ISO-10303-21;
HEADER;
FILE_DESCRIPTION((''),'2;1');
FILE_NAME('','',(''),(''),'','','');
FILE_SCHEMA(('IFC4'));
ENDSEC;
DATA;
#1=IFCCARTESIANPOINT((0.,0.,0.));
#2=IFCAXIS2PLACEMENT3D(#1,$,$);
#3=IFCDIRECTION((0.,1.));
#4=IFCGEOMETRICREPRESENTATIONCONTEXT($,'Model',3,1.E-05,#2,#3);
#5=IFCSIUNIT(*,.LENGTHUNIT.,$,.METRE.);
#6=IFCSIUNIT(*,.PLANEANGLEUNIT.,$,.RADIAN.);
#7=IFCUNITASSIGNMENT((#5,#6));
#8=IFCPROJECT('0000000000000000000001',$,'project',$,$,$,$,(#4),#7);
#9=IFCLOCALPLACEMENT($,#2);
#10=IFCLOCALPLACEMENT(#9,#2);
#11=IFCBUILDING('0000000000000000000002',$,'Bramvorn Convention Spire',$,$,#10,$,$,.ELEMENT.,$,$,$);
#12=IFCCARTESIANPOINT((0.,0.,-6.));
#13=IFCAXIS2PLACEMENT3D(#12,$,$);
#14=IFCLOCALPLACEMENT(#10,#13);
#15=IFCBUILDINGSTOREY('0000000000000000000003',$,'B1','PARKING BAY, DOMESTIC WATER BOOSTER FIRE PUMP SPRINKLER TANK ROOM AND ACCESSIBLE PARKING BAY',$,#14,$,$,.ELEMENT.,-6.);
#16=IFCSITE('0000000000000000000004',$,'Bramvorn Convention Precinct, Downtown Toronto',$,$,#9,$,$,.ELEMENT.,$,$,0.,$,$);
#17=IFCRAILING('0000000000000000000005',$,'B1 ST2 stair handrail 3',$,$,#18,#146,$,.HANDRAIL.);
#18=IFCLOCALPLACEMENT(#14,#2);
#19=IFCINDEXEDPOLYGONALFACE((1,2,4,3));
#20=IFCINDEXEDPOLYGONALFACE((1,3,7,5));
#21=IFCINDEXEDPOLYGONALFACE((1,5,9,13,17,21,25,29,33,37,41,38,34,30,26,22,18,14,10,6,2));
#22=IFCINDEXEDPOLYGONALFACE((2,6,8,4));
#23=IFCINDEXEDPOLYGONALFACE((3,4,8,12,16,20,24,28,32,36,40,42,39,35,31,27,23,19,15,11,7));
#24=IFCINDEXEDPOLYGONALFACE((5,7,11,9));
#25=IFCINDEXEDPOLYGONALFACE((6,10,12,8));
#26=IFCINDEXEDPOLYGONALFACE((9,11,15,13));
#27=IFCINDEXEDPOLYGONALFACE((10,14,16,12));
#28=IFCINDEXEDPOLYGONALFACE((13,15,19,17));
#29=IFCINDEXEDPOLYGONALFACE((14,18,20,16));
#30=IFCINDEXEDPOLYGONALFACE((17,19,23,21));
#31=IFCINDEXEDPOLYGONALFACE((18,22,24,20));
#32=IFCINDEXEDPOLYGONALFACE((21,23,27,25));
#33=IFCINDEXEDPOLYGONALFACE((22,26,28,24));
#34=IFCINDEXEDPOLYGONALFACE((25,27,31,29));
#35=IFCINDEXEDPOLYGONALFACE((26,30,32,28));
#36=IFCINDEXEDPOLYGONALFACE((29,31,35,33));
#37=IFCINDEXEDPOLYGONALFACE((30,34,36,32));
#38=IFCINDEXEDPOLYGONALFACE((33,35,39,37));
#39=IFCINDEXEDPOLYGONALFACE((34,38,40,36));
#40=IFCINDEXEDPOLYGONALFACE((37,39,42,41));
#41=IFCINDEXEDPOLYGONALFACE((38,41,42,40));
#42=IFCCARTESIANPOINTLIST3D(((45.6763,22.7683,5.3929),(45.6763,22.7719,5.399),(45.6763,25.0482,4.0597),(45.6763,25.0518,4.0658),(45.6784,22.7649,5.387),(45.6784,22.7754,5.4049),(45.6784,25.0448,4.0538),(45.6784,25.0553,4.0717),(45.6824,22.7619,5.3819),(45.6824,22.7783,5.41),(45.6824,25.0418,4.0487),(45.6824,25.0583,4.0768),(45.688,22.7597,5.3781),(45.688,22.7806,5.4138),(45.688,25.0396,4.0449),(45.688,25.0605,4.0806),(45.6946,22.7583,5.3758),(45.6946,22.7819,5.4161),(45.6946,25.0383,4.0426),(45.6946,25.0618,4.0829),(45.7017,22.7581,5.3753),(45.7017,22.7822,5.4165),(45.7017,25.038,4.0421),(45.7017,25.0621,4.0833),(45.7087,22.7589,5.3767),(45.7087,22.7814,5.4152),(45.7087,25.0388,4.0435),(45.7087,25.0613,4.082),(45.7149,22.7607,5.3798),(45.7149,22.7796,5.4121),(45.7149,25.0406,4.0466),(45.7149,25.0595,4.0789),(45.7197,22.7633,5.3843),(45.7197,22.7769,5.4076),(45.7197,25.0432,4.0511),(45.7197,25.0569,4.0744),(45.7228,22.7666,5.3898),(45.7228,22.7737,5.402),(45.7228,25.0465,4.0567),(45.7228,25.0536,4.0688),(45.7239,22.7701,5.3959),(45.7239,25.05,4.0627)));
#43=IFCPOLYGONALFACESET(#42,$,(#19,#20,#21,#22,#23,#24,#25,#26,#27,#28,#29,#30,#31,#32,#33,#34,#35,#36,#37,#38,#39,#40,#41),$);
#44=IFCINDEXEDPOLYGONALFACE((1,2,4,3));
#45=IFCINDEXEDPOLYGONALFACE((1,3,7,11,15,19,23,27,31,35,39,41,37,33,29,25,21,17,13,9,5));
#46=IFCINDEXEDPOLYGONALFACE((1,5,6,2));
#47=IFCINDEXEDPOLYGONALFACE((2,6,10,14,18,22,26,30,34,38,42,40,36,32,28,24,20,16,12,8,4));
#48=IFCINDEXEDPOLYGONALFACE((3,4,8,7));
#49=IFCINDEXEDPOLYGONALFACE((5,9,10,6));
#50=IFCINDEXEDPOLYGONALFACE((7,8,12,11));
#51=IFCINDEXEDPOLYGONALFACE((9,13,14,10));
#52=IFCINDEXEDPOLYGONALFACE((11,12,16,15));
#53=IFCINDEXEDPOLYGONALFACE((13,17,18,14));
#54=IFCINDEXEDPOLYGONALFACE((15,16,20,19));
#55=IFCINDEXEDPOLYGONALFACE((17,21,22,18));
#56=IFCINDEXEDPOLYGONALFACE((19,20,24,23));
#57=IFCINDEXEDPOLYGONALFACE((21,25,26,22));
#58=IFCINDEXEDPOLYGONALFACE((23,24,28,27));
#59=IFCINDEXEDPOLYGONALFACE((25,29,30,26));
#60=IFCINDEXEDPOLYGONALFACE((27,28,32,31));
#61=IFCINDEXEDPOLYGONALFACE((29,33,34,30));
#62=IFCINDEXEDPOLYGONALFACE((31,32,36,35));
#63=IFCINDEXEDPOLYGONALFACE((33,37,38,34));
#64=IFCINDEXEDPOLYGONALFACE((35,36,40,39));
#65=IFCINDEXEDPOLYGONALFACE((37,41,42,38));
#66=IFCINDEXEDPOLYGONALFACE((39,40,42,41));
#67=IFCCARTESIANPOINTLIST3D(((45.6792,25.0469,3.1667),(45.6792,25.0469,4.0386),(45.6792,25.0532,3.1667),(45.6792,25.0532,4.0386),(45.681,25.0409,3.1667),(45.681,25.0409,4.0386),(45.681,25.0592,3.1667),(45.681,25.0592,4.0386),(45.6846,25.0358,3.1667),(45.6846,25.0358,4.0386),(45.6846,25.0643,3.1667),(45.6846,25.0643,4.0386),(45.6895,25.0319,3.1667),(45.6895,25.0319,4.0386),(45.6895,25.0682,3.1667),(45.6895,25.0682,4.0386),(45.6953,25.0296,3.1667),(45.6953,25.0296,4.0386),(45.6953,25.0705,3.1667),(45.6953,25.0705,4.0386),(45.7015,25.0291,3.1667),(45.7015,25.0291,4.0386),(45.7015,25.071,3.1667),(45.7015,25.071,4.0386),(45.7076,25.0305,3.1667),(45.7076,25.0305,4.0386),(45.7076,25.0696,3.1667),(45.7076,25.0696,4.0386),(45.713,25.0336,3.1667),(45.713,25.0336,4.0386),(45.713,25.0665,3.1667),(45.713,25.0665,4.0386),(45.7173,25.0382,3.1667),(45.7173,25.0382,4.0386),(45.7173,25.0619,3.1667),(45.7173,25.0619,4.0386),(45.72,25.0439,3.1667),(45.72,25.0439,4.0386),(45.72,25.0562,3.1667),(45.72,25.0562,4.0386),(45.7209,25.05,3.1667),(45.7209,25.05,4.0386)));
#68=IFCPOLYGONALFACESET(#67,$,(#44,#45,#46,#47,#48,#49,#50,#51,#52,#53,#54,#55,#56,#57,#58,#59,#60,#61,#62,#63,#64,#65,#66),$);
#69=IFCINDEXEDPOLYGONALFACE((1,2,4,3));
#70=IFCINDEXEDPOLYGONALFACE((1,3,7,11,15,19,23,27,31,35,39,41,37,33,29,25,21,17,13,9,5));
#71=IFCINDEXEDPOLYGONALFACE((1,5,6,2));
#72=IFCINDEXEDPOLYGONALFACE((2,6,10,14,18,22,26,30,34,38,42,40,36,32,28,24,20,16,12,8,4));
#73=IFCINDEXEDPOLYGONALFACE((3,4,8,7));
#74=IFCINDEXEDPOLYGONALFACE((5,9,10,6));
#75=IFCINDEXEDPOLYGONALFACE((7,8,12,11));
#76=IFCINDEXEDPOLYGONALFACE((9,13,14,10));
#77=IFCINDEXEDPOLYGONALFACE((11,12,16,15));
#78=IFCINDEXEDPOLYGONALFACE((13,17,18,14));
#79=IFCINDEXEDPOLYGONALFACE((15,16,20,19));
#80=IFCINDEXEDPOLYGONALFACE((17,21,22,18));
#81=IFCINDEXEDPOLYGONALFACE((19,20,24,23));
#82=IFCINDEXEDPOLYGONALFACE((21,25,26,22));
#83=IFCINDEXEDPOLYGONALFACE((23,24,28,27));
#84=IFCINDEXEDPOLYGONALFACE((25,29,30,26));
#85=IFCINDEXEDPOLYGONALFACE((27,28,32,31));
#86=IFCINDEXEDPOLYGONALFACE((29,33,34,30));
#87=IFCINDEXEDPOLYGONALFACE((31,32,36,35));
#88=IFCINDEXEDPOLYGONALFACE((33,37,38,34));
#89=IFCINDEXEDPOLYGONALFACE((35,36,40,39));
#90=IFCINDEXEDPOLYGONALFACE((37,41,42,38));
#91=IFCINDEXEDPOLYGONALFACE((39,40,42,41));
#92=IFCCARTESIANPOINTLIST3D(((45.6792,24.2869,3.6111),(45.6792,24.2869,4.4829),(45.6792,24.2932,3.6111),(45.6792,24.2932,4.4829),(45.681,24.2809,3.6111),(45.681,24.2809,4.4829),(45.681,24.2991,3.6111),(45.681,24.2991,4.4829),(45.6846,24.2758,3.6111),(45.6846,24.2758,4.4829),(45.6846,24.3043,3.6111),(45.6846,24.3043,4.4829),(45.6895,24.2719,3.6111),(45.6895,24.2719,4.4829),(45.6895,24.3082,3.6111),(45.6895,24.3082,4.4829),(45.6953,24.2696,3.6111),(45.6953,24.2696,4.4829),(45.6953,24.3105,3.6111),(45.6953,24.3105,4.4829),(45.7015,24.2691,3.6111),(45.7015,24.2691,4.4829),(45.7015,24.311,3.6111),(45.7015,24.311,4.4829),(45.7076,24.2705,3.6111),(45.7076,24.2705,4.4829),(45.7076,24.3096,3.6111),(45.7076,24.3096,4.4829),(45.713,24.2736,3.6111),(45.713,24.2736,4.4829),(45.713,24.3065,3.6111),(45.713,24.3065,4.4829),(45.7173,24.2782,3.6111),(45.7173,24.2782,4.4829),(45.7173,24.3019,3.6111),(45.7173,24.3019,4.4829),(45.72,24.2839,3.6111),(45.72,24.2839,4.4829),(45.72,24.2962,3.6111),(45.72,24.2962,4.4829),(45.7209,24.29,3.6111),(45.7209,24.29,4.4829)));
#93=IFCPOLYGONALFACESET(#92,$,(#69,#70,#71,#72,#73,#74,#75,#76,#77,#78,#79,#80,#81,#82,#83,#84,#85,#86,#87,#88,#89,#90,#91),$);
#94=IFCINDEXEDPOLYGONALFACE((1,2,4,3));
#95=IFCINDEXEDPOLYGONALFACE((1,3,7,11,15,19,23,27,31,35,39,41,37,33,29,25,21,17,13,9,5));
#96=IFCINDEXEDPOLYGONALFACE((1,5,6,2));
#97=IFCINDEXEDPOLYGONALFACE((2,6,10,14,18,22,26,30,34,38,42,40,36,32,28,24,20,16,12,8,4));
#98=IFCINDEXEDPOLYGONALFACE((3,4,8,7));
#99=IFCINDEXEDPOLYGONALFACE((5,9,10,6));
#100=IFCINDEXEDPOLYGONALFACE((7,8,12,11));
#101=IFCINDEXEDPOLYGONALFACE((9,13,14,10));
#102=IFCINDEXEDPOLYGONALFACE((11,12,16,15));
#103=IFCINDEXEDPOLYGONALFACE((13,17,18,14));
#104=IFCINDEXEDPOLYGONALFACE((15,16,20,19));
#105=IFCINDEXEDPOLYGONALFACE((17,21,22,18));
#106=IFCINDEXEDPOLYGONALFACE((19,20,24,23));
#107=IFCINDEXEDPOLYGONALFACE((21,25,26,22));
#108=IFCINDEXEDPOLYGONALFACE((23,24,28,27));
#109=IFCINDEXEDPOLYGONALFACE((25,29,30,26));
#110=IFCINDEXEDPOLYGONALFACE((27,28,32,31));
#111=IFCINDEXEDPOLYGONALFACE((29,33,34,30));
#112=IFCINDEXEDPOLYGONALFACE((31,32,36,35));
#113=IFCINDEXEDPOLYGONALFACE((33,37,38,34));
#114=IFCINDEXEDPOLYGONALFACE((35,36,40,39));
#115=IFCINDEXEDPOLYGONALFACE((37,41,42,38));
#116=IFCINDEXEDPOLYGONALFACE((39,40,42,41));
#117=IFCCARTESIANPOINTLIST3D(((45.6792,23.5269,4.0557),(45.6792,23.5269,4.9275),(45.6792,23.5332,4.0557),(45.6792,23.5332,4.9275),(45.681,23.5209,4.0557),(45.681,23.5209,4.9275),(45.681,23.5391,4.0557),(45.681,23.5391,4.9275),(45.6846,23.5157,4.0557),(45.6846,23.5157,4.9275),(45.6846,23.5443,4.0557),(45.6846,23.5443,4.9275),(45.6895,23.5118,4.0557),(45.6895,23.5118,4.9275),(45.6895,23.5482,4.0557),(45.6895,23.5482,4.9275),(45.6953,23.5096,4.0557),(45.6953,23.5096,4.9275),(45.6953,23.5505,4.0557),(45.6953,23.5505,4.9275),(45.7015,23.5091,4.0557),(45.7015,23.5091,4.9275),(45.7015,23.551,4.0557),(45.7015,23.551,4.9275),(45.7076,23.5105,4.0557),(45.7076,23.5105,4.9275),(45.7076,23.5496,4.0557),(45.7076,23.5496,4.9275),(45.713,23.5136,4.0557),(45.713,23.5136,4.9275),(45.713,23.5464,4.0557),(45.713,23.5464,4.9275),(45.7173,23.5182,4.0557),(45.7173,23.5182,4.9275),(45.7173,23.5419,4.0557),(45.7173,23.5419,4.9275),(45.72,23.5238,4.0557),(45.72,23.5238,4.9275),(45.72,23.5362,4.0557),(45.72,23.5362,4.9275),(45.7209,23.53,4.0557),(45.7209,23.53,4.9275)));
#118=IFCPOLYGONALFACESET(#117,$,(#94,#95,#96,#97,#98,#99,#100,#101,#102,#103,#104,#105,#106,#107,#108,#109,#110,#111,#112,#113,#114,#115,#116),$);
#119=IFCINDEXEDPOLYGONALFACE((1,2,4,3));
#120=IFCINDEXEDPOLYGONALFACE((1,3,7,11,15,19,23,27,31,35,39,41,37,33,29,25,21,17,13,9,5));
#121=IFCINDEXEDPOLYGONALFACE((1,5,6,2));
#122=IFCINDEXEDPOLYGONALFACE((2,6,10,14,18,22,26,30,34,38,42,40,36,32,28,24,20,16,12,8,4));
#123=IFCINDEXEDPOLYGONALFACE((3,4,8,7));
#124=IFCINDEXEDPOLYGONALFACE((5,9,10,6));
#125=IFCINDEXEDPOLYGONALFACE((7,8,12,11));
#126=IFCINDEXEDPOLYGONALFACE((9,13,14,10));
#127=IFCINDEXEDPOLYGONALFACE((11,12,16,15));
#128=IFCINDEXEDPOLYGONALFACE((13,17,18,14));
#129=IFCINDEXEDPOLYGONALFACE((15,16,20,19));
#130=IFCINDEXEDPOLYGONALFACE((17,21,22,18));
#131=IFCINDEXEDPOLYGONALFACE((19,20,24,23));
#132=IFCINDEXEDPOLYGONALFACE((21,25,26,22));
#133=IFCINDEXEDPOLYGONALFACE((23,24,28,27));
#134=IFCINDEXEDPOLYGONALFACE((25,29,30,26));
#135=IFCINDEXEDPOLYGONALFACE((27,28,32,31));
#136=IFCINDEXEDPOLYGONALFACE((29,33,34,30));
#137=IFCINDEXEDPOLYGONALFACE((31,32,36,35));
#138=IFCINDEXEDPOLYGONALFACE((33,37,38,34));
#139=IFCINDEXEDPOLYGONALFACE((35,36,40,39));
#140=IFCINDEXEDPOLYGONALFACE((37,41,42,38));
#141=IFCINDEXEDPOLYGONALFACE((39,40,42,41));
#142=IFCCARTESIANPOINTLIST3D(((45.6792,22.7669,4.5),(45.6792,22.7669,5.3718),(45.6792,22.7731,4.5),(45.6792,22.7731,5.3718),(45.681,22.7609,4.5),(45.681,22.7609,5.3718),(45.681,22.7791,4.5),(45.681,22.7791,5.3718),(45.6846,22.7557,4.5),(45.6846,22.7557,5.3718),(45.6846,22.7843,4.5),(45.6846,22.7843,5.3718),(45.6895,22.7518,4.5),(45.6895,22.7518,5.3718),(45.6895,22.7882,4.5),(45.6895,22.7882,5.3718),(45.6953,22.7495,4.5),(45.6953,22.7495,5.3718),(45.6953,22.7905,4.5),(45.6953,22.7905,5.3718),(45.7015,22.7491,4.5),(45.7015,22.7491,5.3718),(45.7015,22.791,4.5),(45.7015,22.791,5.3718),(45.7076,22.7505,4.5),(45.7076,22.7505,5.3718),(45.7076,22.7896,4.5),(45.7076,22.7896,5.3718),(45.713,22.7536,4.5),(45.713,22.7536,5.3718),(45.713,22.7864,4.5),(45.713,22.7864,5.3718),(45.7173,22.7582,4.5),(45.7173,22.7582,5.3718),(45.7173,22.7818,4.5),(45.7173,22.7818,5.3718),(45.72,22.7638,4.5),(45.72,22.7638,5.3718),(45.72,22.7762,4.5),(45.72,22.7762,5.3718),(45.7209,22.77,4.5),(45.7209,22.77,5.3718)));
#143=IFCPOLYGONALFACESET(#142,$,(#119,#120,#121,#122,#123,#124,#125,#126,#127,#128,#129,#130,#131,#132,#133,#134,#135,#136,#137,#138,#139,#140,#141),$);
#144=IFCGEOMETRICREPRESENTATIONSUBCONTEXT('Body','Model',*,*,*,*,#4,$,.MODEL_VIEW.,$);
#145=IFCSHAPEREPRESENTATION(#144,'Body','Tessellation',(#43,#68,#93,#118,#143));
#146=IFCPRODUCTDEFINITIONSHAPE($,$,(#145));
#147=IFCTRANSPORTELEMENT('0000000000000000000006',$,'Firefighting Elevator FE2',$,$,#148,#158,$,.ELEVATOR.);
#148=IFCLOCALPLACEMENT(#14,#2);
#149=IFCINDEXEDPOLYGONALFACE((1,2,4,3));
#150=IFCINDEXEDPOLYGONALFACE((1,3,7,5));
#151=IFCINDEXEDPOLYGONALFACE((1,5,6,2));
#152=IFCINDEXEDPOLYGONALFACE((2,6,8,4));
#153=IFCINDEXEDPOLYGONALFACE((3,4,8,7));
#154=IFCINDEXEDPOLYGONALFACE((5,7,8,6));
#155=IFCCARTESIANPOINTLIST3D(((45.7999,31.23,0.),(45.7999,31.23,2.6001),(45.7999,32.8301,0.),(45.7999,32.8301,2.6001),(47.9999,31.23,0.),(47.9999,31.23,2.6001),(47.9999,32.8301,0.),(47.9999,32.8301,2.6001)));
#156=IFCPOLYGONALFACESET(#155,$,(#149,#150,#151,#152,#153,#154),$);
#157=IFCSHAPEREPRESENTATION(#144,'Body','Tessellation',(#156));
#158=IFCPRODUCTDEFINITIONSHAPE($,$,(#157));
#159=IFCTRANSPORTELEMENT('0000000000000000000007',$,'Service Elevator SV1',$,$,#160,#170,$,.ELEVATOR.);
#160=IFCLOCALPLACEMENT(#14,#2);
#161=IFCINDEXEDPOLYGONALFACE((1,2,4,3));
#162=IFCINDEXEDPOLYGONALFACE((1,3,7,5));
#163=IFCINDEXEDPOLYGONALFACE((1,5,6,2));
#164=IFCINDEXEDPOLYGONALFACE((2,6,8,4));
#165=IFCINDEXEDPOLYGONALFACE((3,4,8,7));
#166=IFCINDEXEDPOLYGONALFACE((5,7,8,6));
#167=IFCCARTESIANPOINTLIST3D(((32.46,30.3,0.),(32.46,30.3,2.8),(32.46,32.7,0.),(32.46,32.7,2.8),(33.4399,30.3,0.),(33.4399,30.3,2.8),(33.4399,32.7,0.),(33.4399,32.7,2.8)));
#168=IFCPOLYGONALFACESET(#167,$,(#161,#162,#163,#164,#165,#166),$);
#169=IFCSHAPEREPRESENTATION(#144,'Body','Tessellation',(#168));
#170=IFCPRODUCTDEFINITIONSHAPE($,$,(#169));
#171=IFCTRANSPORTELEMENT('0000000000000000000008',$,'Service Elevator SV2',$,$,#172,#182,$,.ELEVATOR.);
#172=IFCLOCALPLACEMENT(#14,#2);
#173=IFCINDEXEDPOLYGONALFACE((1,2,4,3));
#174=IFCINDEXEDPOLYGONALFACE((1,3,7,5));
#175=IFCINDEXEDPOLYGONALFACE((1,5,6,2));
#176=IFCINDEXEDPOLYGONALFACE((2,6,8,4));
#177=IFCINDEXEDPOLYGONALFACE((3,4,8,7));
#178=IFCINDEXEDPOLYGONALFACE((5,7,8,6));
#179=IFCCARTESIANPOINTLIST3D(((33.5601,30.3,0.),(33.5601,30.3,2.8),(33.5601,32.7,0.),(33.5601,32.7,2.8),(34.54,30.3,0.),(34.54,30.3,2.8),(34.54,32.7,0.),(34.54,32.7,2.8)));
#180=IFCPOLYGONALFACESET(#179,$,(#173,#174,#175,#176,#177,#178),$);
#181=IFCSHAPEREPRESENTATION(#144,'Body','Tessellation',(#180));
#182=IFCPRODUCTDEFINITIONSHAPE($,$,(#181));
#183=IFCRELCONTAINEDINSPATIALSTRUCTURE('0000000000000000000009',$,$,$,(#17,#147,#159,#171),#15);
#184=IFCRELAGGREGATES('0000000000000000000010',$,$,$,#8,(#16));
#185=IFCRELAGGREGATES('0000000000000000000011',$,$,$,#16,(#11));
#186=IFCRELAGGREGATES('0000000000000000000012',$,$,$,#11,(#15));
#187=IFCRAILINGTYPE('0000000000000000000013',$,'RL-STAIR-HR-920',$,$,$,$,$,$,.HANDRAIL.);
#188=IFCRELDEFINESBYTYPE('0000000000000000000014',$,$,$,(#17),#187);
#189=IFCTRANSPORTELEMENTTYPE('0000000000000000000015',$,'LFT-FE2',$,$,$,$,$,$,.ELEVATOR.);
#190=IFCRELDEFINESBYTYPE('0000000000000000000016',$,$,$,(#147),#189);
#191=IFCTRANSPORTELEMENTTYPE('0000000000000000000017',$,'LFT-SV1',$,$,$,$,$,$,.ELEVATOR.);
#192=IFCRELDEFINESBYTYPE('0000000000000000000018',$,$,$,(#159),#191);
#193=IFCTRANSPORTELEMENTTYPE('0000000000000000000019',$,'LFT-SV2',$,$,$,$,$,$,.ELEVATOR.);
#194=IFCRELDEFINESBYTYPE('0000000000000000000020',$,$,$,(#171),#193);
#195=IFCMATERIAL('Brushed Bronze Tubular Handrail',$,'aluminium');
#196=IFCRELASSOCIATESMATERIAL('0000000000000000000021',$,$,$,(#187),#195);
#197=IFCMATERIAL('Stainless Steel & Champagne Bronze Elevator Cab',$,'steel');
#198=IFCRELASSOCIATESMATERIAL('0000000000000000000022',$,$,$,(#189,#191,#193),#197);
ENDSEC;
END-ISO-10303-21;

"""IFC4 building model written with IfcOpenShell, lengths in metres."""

from ifc_helpers import new_model, si_unit, direction, frame, origin, origin_2d, place, context, subcontext, project, spatial, rectangle, circle, extrude, material, type_object, element, save


model = new_model("IFC4")

# Units and contexts
model_context = context("Model", 3, precision=1e-05, world=origin(), true_north=direction((0.0, 1.0)))
body_context = subcontext(model_context, "Body", "Model", "MODEL_VIEW")
ifc_project = project(units=[si_unit("LENGTHUNIT", "METRE"), si_unit("PLANEANGLEUNIT", "RADIAN")], contexts=[model_context])

# Site, building, storey
site_placement = place(None, origin())
site = spatial("IfcSite", under=ifc_project, at=site_placement, Name="Bramvorn Convention Precinct, Downtown Toronto", CompositionType="ELEMENT", RefElevation=0.0)
building_placement = place(site_placement, origin())
building = spatial("IfcBuilding", under=site, at=building_placement, Name="Bramvorn Convention Spire", CompositionType="ELEMENT")
storey_placement = place(building_placement, frame((0.0, 0.0, -6.0)))
storey = spatial("IfcBuildingStorey", under=building, at=storey_placement, Name="B1", Description="PARKING BAY, DOMESTIC WATER BOOSTER FIRE PUMP SPRINKLER TANK ROOM AND ACCESSIBLE PARKING BAY", CompositionType="ELEMENT", Elevation=-6.0)

# Railing
ifc_material_1 = material(Name="Brushed Bronze Tubular Handrail", Category="aluminium")
railing_type_1 = type_object("IfcRailingType", Name="RL-STAIR-HR-920", PredefinedType="HANDRAIL", material=ifc_material_1)
for number, where, name in (
    (1, (45.7, 25.05, 3.1667), "B1 ST2 stair handrail 3"),
):
    element("IfcRailing", number, at=place(storey_placement, frame(where)), inside=storey, type_object=railing_type_1, Name=name, PredefinedType="HANDRAIL", context=body_context, shape_type="SweptSolid", body=[
        extrude(circle(Radius=0.0239, at=origin_2d()), frame((0.0, 0.0, 0.896), z_axis=(0.0, -0.863245, 0.504785), x_axis=(1.0, 0.0, 0.0)), (0.0, 0.0, 1.0), 2.6411),
        extrude(circle(Radius=0.021, at=origin_2d()), origin(), (0.0, 0.0, 1.0), 0.8718),
        extrude(circle(Radius=0.021, at=origin_2d()), frame((0.0, -0.76, 0.4443)), (0.0, 0.0, 1.0), 0.8718),
        extrude(circle(Radius=0.021, at=origin_2d()), frame((0.0, -1.52, 0.8889)), (0.0, 0.0, 1.0), 0.8718),
        extrude(circle(Radius=0.021, at=origin_2d()), frame((0.0, -2.28, 1.3333)), (0.0, 0.0, 1.0), 0.8718),
    ])

# Transport elements
ifc_material_2 = material(Name="Stainless Steel & Champagne Bronze Elevator Cab", Category="steel")
transport_element_type_1 = type_object("IfcTransportElementType", Name="LFT-FE2", PredefinedType="ELEVATOR", material=ifc_material_2)
transport_element_1_placement = place(storey_placement, frame((46.8999, 32.03, 0.0), z_axis=(0.0, 0.0, 1.0), x_axis=(1.0, 0.0, 0.0)))
element("IfcTransportElement", 2, at=transport_element_1_placement, inside=storey, type_object=transport_element_type_1, Name="Firefighting Elevator FE2", PredefinedType="ELEVATOR", context=body_context, shape_type="SweptSolid", body=[
    extrude(rectangle(XDim=2.2, YDim=1.6001, at=origin_2d()), origin(), (0.0, 0.0, 1.0), 2.6001),
])
transport_element_type_2 = type_object("IfcTransportElementType", Name="LFT-SV1", PredefinedType="ELEVATOR", material=ifc_material_2)
transport_element_2_placement = place(storey_placement, frame((32.95, 31.5, 0.0), z_axis=(0.0, 0.0, 1.0), x_axis=(1.0, 0.0, 0.0)))
element("IfcTransportElement", 3, at=transport_element_2_placement, inside=storey, type_object=transport_element_type_2, Name="Service Elevator SV1", PredefinedType="ELEVATOR", context=body_context, shape_type="SweptSolid", body=[
    extrude(rectangle(XDim=0.98, YDim=2.3999, at=origin_2d()), origin(), (0.0, 0.0, 1.0), 2.8),
])
transport_element_type_3 = type_object("IfcTransportElementType", Name="LFT-SV2", PredefinedType="ELEVATOR", material=ifc_material_2)
transport_element_3_placement = place(storey_placement, frame((34.05, 31.5, 0.0), z_axis=(0.0, 0.0, 1.0), x_axis=(1.0, 0.0, 0.0)))
element("IfcTransportElement", 4, at=transport_element_3_placement, inside=storey, type_object=transport_element_type_3, Name="Service Elevator SV2", PredefinedType="ELEVATOR", context=body_context, shape_type="SweptSolid", body=[
    extrude(rectangle(XDim=0.98, YDim=2.3999, at=origin_2d()), origin(), (0.0, 0.0, 1.0), 2.8),
])

save(model, "model.ifc")
